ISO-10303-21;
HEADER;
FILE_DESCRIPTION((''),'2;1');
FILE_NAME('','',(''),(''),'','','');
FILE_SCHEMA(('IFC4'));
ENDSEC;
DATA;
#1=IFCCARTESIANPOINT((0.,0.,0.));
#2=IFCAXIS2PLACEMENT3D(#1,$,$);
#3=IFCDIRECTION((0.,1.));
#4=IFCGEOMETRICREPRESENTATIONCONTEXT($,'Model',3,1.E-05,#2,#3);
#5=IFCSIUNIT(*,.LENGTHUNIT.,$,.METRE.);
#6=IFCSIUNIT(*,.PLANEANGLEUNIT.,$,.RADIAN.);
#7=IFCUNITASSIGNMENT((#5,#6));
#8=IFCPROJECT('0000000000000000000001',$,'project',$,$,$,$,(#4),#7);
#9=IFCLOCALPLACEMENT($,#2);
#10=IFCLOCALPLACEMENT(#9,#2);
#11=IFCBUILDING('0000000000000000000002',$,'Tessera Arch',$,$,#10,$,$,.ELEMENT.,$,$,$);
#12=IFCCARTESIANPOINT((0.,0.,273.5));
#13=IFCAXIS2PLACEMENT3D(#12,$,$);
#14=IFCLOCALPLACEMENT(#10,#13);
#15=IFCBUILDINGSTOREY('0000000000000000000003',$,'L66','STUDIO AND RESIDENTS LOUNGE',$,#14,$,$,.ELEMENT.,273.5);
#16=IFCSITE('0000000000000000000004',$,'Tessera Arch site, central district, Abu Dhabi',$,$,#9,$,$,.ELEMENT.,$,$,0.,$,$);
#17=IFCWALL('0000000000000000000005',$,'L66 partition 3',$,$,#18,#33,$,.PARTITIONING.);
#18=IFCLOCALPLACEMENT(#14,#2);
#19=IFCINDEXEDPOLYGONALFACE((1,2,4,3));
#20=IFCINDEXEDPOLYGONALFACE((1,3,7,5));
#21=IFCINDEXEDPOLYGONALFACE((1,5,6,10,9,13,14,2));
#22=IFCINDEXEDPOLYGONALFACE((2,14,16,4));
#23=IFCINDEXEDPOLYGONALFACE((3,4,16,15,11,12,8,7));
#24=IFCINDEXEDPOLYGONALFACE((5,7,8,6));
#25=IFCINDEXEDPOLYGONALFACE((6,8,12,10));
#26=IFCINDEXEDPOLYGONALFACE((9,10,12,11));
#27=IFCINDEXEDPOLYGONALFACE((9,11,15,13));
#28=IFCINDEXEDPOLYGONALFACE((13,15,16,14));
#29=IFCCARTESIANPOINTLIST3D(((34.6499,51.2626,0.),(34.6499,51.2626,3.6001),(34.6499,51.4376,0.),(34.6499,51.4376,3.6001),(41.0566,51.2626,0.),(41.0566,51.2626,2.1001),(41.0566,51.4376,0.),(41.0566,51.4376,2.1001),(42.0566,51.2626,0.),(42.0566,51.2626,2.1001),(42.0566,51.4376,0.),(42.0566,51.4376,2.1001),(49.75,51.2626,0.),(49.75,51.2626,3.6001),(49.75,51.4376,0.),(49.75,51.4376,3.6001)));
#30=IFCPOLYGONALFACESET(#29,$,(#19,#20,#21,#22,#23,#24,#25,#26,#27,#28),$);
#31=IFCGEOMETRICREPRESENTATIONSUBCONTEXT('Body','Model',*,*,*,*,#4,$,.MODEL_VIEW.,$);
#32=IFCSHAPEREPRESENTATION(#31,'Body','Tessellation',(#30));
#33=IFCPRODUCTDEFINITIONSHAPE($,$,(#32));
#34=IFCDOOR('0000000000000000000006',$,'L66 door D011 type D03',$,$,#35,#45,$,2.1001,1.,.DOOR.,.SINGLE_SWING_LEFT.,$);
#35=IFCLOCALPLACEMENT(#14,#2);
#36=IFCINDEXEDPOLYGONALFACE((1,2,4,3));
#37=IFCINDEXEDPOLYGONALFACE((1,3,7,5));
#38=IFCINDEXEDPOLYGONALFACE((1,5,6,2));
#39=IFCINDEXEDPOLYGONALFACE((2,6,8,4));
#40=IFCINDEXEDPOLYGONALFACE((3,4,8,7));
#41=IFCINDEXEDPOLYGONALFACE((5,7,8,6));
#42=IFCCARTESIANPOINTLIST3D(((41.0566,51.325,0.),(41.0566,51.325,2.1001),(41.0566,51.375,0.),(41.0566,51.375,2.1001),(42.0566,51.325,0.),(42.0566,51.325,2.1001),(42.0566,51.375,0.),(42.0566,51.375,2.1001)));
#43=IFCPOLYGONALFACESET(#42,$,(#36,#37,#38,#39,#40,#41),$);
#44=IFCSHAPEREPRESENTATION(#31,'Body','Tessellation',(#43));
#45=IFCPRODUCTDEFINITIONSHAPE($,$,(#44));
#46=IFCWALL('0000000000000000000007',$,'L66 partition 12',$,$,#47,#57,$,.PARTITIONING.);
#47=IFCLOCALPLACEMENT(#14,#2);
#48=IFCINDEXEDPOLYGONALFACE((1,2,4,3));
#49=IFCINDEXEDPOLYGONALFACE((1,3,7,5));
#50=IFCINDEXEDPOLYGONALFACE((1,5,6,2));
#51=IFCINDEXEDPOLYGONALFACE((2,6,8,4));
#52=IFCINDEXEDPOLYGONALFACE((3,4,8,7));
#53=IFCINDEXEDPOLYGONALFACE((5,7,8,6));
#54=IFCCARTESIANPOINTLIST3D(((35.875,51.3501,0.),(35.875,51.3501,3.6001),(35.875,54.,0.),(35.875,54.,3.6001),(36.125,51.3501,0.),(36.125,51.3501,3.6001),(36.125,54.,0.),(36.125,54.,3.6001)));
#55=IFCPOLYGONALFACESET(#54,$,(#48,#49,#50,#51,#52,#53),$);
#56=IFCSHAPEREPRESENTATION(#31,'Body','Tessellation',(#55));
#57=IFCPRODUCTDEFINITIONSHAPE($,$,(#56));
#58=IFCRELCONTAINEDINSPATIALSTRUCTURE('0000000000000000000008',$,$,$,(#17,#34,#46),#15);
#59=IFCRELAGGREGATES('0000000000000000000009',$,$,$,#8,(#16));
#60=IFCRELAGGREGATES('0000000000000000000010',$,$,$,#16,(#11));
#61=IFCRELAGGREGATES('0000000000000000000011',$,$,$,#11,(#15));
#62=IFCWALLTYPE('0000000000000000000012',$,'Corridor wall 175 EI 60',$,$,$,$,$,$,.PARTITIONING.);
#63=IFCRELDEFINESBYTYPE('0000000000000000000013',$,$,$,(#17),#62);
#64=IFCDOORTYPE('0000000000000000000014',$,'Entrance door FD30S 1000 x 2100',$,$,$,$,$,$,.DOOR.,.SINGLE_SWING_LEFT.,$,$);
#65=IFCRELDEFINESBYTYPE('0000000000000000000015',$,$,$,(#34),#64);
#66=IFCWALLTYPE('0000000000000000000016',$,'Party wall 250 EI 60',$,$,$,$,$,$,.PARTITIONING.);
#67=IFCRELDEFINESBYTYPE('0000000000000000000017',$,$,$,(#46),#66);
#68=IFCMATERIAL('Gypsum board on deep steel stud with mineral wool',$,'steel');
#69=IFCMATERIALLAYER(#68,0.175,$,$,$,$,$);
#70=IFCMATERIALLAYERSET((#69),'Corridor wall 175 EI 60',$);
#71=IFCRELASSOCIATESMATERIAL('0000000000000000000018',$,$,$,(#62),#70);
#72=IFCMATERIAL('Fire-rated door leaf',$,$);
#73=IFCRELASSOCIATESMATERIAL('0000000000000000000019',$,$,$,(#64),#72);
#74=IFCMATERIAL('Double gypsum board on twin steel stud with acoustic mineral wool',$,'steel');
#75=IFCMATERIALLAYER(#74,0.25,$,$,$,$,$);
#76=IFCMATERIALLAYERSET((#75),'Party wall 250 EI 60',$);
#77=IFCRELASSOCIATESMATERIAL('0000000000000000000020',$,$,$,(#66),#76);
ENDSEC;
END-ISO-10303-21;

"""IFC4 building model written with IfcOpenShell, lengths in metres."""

from ifc_helpers import new_model, si_unit, direction, frame, frame_2d, origin, place, context, subcontext, project, spatial, rectangle, extrude, material, layer, layer_set, type_object, element, fill, save


model = new_model("IFC4")

# Units and contexts
model_context = context("Model", 3, precision=1e-05, world=origin(), true_north=direction((0.0, 1.0)))
body_context = subcontext(model_context, "Body", "Model", "MODEL_VIEW")
ifc_project = project(units=[si_unit("LENGTHUNIT", "METRE"), si_unit("PLANEANGLEUNIT", "RADIAN")], contexts=[model_context])

# Site, building, storey
site_placement = place(None, origin())
site = spatial("IfcSite", under=ifc_project, at=site_placement, Name="Tessera Arch site, central district, Abu Dhabi", CompositionType="ELEMENT", RefElevation=0.0)
building_placement = place(site_placement, origin())
building = spatial("IfcBuilding", under=site, at=building_placement, Name="Tessera Arch", CompositionType="ELEMENT")
storey_placement = place(building_placement, frame((0.0, 0.0, 273.5)))
storey = spatial("IfcBuildingStorey", under=building, at=storey_placement, Name="L66", Description="STUDIO AND RESIDENTS LOUNGE", CompositionType="ELEMENT", Elevation=273.5)

# Wall, opening, door
ifc_material_1 = material(Name="Gypsum board on deep steel stud with mineral wool", Category="steel")
ifc_layer_1 = layer(ifc_material_1, 0.175)
ifc_layer_set_1 = layer_set([ifc_layer_1], Name="Corridor wall 175 EI 60")
wall_type_1 = type_object("IfcWallType", Name="Corridor wall 175 EI 60", PredefinedType="PARTITIONING", material=ifc_layer_set_1)
wall_1_placement = place(storey_placement, frame((34.6499, 51.3501, 0.0), z_axis=(0.0, 0.0, 1.0), x_axis=(1.0, 0.0, 0.0)))
wall_1 = element("IfcWall", 1, at=wall_1_placement, inside=storey, type_object=wall_type_1, Name="L66 partition 3", PredefinedType="PARTITIONING", context=body_context, shape_type="SweptSolid", body=[
    extrude(rectangle(XDim=15.1001, YDim=0.175, at=frame_2d((7.55, 0.0))), origin(), (0.0, 0.0, 1.0), 3.6001),
])
opening_1_placement = place(wall_1_placement, frame((6.4067, 0.0, 0.0)))
opening_1 = element("IfcOpeningElement", 2, at=opening_1_placement, cuts=wall_1, PredefinedType="OPENING", context=body_context, shape_type="SweptSolid", body=[
    extrude(rectangle(XDim=1.0, YDim=2.1001, at=frame_2d((0.5, 1.05))), frame((0.0, 0.0974, 0.0), z_axis=(0.0, -1.0, 0.0), x_axis=(1.0, 0.0, 0.0)), (0.0, 0.0, 1.0), 0.1951),
])
ifc_material_2 = material(Name="Fire-rated door leaf")
door_type_1 = type_object("IfcDoorType", Name="Entrance door FD30S 1000 x 2100", OperationType="SINGLE_SWING_LEFT", PredefinedType="DOOR", material=ifc_material_2)
door_1_placement = place(opening_1_placement, origin())
door_1 = element("IfcDoor", 3, at=door_1_placement, inside=storey, type_object=door_type_1, Name="L66 door D011 type D03", OperationType="SINGLE_SWING_LEFT", OverallHeight=2.1001, OverallWidth=1.0, PredefinedType="DOOR", context=body_context, shape_type="SweptSolid", body=[
    extrude(rectangle(XDim=1.0, YDim=2.1001, at=frame_2d((0.5, 1.05))), frame((0.0, 0.0249, 0.0), z_axis=(0.0, -1.0, 0.0), x_axis=(1.0, 0.0, 0.0)), (0.0, 0.0, 1.0), 0.05),
])
fill(opening_1, door_1)

# Wall
ifc_material_3 = material(Name="Double gypsum board on twin steel stud with acoustic mineral wool", Category="steel")
ifc_layer_2 = layer(ifc_material_3, 0.25)
ifc_layer_set_2 = layer_set([ifc_layer_2], Name="Party wall 250 EI 60")
wall_type_2 = type_object("IfcWallType", Name="Party wall 250 EI 60", PredefinedType="PARTITIONING", material=ifc_layer_set_2)
wall_2_placement = place(storey_placement, frame((36.0, 51.3501, 0.0), z_axis=(0.0, 0.0, 1.0), x_axis=(0.0, 1.0, 0.0)))
element("IfcWall", 4, at=wall_2_placement, inside=storey, type_object=wall_type_2, Name="L66 partition 12", PredefinedType="PARTITIONING", context=body_context, shape_type="SweptSolid", body=[
    extrude(rectangle(XDim=2.6499, YDim=0.25, at=frame_2d((1.325, 0.0))), origin(), (0.0, 0.0, 1.0), 3.6001),
])

save(model, "model.ifc")
